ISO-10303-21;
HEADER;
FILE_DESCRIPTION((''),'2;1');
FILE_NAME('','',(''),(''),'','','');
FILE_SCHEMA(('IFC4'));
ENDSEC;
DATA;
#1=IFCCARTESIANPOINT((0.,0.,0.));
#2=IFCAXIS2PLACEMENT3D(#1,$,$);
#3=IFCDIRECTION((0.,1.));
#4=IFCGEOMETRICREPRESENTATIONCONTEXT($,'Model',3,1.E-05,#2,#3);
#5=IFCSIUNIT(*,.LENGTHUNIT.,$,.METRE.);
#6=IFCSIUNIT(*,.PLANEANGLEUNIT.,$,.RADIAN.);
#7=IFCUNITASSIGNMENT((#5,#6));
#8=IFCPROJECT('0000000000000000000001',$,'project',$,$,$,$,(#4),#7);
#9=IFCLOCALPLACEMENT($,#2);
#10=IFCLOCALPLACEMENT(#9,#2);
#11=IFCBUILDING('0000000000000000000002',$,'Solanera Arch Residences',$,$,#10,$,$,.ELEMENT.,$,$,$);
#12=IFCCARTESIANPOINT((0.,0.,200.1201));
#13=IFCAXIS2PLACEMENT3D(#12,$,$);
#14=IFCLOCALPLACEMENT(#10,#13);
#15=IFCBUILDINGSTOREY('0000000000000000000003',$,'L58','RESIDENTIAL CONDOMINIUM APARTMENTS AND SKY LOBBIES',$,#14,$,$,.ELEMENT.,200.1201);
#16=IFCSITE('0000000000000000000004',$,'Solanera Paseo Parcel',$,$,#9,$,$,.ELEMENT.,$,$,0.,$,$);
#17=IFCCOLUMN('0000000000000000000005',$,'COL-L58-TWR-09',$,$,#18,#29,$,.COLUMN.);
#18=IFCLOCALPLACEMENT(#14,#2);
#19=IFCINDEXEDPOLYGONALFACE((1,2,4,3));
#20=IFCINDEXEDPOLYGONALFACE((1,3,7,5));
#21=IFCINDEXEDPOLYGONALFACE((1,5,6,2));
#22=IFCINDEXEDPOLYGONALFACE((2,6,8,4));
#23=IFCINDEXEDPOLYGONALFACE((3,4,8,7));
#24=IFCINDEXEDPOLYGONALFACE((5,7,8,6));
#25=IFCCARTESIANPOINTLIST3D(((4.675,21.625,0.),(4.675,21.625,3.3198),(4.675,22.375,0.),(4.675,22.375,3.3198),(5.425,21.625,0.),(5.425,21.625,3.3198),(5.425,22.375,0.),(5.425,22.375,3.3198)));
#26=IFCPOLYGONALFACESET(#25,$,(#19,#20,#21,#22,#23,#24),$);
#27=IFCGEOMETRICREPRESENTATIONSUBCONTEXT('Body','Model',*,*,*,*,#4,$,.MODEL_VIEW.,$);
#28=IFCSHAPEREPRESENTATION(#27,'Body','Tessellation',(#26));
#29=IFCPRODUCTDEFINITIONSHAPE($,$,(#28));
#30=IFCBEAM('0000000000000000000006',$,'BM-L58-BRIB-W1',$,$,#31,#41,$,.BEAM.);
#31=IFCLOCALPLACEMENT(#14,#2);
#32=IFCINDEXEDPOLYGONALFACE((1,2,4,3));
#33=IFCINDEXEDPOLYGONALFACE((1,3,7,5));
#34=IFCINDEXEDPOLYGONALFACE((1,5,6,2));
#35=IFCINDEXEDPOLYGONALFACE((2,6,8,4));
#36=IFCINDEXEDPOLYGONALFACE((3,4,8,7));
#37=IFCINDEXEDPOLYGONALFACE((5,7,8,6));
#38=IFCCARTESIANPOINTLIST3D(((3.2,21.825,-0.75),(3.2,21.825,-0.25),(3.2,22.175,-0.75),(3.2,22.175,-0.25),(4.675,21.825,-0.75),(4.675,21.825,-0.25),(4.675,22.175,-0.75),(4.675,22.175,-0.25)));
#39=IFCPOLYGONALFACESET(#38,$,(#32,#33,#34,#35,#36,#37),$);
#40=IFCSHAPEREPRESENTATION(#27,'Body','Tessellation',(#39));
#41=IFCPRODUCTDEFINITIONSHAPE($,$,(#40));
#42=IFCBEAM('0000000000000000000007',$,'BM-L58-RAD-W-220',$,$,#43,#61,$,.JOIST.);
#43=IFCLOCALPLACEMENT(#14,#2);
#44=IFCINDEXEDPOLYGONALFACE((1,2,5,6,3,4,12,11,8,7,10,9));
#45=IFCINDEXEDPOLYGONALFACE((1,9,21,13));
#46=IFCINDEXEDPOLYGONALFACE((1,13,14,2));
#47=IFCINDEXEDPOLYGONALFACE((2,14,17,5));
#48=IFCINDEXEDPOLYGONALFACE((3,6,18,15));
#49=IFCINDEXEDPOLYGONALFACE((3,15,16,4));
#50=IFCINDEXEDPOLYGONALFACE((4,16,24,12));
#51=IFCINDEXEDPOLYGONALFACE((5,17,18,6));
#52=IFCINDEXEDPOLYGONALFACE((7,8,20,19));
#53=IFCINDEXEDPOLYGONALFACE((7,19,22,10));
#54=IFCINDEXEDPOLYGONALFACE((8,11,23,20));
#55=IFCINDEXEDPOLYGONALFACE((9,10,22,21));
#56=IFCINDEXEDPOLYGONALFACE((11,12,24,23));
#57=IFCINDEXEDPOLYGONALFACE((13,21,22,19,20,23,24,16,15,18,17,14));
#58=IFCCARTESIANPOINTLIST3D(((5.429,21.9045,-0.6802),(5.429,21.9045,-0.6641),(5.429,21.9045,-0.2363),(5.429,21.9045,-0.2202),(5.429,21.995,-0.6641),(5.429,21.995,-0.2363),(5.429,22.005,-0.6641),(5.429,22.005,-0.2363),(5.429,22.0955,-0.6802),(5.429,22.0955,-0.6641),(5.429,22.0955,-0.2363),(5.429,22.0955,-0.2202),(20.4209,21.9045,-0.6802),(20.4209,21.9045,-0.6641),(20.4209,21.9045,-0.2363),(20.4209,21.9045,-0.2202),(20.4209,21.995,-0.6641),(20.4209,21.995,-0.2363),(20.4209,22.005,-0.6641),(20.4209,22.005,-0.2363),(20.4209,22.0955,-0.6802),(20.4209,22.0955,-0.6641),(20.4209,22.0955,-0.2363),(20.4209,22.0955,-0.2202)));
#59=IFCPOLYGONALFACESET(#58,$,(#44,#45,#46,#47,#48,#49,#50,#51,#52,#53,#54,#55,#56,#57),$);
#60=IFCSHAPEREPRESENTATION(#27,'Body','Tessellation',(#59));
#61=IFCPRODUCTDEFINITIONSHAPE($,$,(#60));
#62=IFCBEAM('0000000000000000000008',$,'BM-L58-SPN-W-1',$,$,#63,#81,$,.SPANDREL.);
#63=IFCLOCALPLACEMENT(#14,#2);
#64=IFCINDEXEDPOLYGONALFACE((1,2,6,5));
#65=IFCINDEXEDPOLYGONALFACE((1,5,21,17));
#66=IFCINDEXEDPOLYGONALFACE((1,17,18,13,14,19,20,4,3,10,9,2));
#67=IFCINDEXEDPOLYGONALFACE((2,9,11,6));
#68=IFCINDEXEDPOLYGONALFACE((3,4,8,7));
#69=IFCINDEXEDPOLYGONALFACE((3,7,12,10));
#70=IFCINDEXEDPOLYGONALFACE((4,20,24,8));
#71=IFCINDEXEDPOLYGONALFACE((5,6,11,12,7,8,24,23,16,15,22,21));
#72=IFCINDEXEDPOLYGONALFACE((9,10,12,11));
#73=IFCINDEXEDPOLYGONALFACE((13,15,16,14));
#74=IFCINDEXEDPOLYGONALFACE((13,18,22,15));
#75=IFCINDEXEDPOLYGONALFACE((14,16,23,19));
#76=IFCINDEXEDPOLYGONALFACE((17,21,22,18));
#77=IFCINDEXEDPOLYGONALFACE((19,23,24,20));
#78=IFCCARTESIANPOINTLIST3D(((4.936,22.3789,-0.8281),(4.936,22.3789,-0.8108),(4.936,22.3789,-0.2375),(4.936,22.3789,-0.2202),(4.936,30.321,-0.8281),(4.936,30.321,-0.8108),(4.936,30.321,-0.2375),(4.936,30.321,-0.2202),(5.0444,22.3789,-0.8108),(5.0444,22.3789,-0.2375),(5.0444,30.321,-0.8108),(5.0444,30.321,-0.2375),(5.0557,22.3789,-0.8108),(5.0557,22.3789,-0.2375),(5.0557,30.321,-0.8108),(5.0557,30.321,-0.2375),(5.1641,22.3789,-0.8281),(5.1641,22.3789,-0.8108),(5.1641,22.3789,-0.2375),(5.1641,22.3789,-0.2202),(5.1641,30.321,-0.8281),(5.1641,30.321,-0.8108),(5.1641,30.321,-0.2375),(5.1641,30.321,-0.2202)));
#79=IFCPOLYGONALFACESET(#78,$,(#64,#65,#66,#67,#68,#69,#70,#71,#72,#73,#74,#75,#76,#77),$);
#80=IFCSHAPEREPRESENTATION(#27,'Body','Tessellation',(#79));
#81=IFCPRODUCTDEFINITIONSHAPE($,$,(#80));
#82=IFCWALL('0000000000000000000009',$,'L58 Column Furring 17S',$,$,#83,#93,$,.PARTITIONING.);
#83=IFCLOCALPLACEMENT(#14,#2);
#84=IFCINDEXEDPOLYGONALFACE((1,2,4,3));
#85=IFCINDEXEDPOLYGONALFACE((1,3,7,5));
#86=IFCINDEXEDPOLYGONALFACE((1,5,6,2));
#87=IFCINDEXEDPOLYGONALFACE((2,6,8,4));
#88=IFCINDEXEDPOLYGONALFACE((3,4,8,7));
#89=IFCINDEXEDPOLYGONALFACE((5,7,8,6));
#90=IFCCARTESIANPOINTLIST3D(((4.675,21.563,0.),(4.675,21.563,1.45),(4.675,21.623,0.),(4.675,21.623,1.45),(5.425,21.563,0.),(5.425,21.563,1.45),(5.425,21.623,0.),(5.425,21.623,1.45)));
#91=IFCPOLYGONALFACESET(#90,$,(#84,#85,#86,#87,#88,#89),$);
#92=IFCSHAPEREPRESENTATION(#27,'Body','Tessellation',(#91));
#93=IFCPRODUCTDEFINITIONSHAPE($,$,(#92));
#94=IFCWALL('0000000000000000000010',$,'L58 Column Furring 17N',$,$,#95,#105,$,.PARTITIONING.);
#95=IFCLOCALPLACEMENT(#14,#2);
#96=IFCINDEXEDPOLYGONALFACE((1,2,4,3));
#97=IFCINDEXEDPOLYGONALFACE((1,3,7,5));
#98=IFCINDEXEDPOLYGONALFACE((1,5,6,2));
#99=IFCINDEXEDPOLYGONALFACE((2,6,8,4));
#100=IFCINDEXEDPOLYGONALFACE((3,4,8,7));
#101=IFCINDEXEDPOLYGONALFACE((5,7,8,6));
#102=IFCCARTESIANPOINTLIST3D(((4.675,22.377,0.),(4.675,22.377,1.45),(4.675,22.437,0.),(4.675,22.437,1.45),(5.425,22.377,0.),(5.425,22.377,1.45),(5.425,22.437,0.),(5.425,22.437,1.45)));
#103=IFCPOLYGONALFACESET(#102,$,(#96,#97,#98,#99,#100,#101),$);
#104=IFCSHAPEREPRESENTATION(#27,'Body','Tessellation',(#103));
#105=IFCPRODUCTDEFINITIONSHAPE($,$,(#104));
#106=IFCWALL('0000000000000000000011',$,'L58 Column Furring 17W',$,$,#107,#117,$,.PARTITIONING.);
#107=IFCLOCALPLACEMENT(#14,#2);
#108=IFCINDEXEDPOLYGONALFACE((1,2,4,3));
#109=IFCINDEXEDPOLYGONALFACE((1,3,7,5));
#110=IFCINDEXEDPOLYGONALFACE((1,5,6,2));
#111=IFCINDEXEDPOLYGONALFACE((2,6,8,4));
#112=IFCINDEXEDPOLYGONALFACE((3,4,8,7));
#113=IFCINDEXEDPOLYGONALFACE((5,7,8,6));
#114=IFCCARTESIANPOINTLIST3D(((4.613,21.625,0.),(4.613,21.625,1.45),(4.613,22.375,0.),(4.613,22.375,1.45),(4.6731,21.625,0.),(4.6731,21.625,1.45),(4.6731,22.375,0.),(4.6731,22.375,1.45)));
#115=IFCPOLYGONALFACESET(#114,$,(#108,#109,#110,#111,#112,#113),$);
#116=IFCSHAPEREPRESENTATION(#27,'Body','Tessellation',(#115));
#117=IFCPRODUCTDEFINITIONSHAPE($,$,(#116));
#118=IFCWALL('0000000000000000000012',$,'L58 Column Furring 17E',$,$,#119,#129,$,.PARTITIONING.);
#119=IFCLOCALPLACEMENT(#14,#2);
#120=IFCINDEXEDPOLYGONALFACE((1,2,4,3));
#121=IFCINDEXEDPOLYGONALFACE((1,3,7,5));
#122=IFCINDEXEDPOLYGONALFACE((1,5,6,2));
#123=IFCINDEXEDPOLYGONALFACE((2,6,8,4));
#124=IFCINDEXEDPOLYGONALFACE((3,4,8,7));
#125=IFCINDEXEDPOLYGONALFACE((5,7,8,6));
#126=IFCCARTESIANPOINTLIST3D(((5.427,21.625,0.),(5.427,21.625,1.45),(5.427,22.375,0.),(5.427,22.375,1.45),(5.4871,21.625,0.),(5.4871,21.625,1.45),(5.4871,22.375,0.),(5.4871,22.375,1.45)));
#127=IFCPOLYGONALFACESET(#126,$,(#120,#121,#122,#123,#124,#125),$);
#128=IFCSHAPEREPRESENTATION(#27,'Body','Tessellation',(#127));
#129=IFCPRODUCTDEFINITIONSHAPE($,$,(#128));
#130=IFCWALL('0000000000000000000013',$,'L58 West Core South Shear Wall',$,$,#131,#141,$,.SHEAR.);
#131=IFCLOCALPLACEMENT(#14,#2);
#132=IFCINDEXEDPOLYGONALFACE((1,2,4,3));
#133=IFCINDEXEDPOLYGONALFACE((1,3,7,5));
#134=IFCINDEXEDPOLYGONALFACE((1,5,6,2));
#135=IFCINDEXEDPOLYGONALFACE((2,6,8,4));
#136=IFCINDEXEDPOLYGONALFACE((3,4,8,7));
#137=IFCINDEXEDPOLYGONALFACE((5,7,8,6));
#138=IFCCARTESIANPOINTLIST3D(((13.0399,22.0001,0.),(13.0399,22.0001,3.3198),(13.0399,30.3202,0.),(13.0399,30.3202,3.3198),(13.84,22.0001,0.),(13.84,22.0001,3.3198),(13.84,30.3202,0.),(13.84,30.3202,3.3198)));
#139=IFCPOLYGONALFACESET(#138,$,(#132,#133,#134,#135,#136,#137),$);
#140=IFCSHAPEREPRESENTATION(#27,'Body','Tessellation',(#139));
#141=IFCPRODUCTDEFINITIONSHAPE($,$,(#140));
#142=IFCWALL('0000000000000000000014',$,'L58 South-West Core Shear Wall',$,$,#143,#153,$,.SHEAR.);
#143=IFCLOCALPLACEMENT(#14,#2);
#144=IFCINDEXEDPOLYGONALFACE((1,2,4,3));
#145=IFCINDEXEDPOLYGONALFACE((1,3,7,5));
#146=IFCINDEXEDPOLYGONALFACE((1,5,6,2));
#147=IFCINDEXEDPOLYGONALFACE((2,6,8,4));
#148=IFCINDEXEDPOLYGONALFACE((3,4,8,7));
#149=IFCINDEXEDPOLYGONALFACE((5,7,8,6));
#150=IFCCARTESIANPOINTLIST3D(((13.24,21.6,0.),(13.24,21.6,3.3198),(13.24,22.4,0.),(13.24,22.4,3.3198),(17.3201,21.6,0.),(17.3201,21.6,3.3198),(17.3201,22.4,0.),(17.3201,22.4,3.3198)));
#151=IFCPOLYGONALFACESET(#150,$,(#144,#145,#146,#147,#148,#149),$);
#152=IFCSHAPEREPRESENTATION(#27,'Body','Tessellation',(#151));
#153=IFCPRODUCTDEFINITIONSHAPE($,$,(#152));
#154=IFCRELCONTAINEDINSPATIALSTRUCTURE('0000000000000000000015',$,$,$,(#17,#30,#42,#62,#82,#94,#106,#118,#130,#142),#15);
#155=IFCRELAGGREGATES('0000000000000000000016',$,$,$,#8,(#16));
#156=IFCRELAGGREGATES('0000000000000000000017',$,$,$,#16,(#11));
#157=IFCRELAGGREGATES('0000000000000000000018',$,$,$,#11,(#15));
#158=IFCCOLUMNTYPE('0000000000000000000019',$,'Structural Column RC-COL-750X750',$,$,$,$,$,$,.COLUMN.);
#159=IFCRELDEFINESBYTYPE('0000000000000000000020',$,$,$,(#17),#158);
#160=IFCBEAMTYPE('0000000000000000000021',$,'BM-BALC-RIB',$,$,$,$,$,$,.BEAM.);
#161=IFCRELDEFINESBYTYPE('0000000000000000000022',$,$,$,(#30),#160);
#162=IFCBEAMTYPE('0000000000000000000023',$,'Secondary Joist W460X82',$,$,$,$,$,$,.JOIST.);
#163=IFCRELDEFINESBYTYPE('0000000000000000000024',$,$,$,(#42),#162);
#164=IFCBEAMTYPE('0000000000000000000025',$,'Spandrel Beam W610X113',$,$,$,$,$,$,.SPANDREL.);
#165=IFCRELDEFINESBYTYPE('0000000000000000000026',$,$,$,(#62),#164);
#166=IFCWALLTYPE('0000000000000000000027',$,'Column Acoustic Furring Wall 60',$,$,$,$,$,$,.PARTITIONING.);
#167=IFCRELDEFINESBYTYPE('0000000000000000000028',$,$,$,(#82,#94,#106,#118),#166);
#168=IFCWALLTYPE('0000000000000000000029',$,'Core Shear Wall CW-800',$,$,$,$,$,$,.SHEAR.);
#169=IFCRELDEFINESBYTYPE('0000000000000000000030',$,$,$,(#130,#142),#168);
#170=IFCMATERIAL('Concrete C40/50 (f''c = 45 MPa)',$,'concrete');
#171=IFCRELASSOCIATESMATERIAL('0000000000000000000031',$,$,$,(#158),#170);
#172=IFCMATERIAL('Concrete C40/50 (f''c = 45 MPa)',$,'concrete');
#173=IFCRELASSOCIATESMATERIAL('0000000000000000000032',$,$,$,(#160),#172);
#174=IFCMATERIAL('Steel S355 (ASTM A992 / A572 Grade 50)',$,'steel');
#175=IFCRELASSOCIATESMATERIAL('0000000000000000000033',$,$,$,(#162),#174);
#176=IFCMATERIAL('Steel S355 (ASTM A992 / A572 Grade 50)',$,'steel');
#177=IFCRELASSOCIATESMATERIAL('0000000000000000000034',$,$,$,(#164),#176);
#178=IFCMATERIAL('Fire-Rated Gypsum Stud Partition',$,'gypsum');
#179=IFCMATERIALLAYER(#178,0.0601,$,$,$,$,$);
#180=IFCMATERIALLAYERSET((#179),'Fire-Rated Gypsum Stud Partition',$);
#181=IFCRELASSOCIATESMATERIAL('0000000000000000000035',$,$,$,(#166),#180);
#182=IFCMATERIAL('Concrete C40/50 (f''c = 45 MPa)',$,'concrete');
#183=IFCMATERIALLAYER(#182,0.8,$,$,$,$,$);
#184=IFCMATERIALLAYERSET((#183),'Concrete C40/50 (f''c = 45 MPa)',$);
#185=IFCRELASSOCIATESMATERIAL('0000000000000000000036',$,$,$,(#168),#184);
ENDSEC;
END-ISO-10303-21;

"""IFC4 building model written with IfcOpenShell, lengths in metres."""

from ifc_helpers import new_model, si_unit, direction, frame, frame_2d, origin, origin_2d, place, context, subcontext, project, spatial, rectangle, i_section, extrude, material, layer, layer_set, material_profile, profile_set, type_object, element, save


model = new_model("IFC4")

# Units and contexts
model_context = context("Model", 3, precision=1e-05, world=origin(), true_north=direction((0.0, 1.0)))
body_context = subcontext(model_context, "Body", "Model", "MODEL_VIEW")
ifc_project = project(units=[si_unit("LENGTHUNIT", "METRE"), si_unit("PLANEANGLEUNIT", "RADIAN")], contexts=[model_context])

# Site, building, storey
site_placement = place(None, origin())
site = spatial("IfcSite", under=ifc_project, at=site_placement, Name="Solanera Paseo Parcel", CompositionType="ELEMENT", RefElevation=0.0)
building_placement = place(site_placement, origin())
building = spatial("IfcBuilding", under=site, at=building_placement, Name="Solanera Arch Residences", CompositionType="ELEMENT")
storey_placement = place(building_placement, frame((0.0, 0.0, 200.1201)))
storey = spatial("IfcBuildingStorey", under=building, at=storey_placement, Name="L58", Description="RESIDENTIAL CONDOMINIUM APARTMENTS AND SKY LOBBIES", CompositionType="ELEMENT", Elevation=200.1201)

# Column
ifc_material_1 = material(Name="Concrete C40/50 (f'c = 45 MPa)", Category="concrete")
ifc_material_profile_1 = material_profile(ifc_material_1, rectangle(XDim=0.75, YDim=0.75, at=origin_2d()))
ifc_profile_set_1 = profile_set([ifc_material_profile_1], Name="Concrete C40/50 (f'c = 45 MPa)")
column_type = type_object("IfcColumnType", Name="Structural Column RC-COL-750X750", PredefinedType="COLUMN", material=ifc_profile_set_1)
column_placement = place(storey_placement, frame((5.05, 22.0, 0.0), z_axis=(0.0, 0.0, 1.0), x_axis=(1.0, 0.0, 0.0)))
element("IfcColumn", 1, at=column_placement, inside=storey, type_object=column_type, Name="COL-L58-TWR-09", PredefinedType="COLUMN", context=body_context, shape_type="SweptSolid", body=[
    extrude(rectangle(XDim=0.75, YDim=0.75, at=origin_2d()), origin(), (0.0, 0.0, 1.0), 3.3198),
])

# Beams
ifc_material_2 = material(Name="Concrete C40/50 (f'c = 45 MPa)", Category="concrete")
ifc_material_profile_2 = material_profile(ifc_material_2, rectangle(XDim=0.3501, YDim=0.5, at=origin_2d()))
ifc_profile_set_2 = profile_set([ifc_material_profile_2], Name="Concrete C40/50 (f'c = 45 MPa)")
beam_type_1 = type_object("IfcBeamType", Name="BM-BALC-RIB", PredefinedType="BEAM", material=ifc_profile_set_2)
beam_1_placement = place(storey_placement, frame((3.2, 22.0, -0.5), z_axis=(1.0, 0.0, 0.0), x_axis=(0.0, 1.0, 0.0)))
element("IfcBeam", 2, at=beam_1_placement, inside=storey, type_object=beam_type_1, Name="BM-L58-BRIB-W1", PredefinedType="BEAM", context=body_context, shape_type="SweptSolid", body=[
    extrude(rectangle(XDim=0.3501, YDim=0.5, at=origin_2d()), origin(), (0.0, 0.0, 1.0), 1.4751),
])
ifc_material_3 = material(Name="Steel S355 (ASTM A992 / A572 Grade 50)", Category="steel")
ifc_material_profile_3 = material_profile(ifc_material_3, i_section(OverallWidth=0.1909, OverallDepth=0.46, WebThickness=0.01, FlangeThickness=0.0161, at=origin_2d()))
ifc_profile_set_3 = profile_set([ifc_material_profile_3], Name="Steel S355 (ASTM A992 / A572 Grade 50)")
beam_type_2 = type_object("IfcBeamType", Name="Secondary Joist W460X82", PredefinedType="JOIST", material=ifc_profile_set_3)
beam_2_placement = place(storey_placement, frame((5.429, 22.0, -0.4502), z_axis=(1.0, 0.0, 0.0), x_axis=(0.0, 1.0, 0.0)))
element("IfcBeam", 3, at=beam_2_placement, inside=storey, type_object=beam_type_2, Name="BM-L58-RAD-W-220", PredefinedType="JOIST", context=body_context, shape_type="SweptSolid", body=[
    extrude(i_section(OverallWidth=0.1909, OverallDepth=0.46, WebThickness=0.01, FlangeThickness=0.0161, at=origin_2d()), origin(), (0.0, 0.0, 1.0), 14.9919),
])
ifc_material_4 = material(Name="Steel S355 (ASTM A992 / A572 Grade 50)", Category="steel")
ifc_material_profile_4 = material_profile(ifc_material_4, i_section(OverallWidth=0.228, OverallDepth=0.6079, WebThickness=0.0112, FlangeThickness=0.0173, at=origin_2d()))
ifc_profile_set_4 = profile_set([ifc_material_profile_4], Name="Steel S355 (ASTM A992 / A572 Grade 50)")
beam_type_3 = type_object("IfcBeamType", Name="Spandrel Beam W610X113", PredefinedType="SPANDREL", material=ifc_profile_set_4)
beam_3_placement = place(storey_placement, frame((5.05, 22.3789, -0.5242), z_axis=(0.0, 1.0, 0.0), x_axis=(-1.0, 0.0, 0.0)))
element("IfcBeam", 4, at=beam_3_placement, inside=storey, type_object=beam_type_3, Name="BM-L58-SPN-W-1", PredefinedType="SPANDREL", context=body_context, shape_type="SweptSolid", body=[
    extrude(i_section(OverallWidth=0.228, OverallDepth=0.6079, WebThickness=0.0112, FlangeThickness=0.0173, at=origin_2d()), origin(), (0.0, 0.0, 1.0), 7.9421),
])

# Walls
ifc_material_5 = material(Name="Fire-Rated Gypsum Stud Partition", Category="gypsum")
ifc_layer_1 = layer(ifc_material_5, 0.0601)
ifc_layer_set_1 = layer_set([ifc_layer_1], Name="Fire-Rated Gypsum Stud Partition")
wall_type_1 = type_object("IfcWallType", Name="Column Acoustic Furring Wall 60", PredefinedType="PARTITIONING", material=ifc_layer_set_1)
for number, where, z_axis, x_axis, name in (
    (5, (4.675, 21.593, 0.0), (0.0, 0.0, 1.0), (1.0, 0.0, 0.0), "L58 Column Furring 17S"),
    (6, (4.675, 22.407, 0.0), (0.0, 0.0, 1.0), (1.0, 0.0, 0.0), "L58 Column Furring 17N"),
    (7, (4.6431, 21.625, 0.0), (0.0, 0.0, 1.0), (0.0, 1.0, 0.0), "L58 Column Furring 17W"),
    (8, (5.457, 21.625, 0.0), (0.0, 0.0, 1.0), (0.0, 1.0, 0.0), "L58 Column Furring 17E"),
):
    element("IfcWall", number, at=place(storey_placement, frame(where, z_axis=z_axis, x_axis=x_axis)), inside=storey, type_object=wall_type_1, Name=name, PredefinedType="PARTITIONING", context=body_context, shape_type="SweptSolid", body=[
        extrude(rectangle(XDim=0.75, YDim=0.0601, at=frame_2d((0.375, 0.0))), origin(), (0.0, 0.0, 1.0), 1.45),
    ])
ifc_material_6 = material(Name="Concrete C40/50 (f'c = 45 MPa)", Category="concrete")
ifc_layer_2 = layer(ifc_material_6, 0.8)
ifc_layer_set_2 = layer_set([ifc_layer_2], Name="Concrete C40/50 (f'c = 45 MPa)")
wall_type_2 = type_object("IfcWallType", Name="Core Shear Wall CW-800", PredefinedType="SHEAR", material=ifc_layer_set_2)
wall_1_placement = place(storey_placement, frame((13.4399, 22.0, 0.0), z_axis=(0.0, 0.0, 1.0), x_axis=(0.0, 1.0, 0.0)))
element("IfcWall", 9, at=wall_1_placement, inside=storey, type_object=wall_type_2, Name="L58 West Core South Shear Wall", PredefinedType="SHEAR", context=body_context, shape_type="SweptSolid", body=[
    extrude(rectangle(XDim=8.3201, YDim=0.8, at=frame_2d((4.1602, 0.0))), origin(), (0.0, 0.0, 1.0), 3.3198),
])
wall_2_placement = place(storey_placement, frame((13.24, 22.0, 0.0), z_axis=(0.0, 0.0, 1.0), x_axis=(1.0, 0.0, 0.0)))
element("IfcWall", 10, at=wall_2_placement, inside=storey, type_object=wall_type_2, Name="L58 South-West Core Shear Wall", PredefinedType="SHEAR", context=body_context, shape_type="SweptSolid", body=[
    extrude(rectangle(XDim=4.0801, YDim=0.8, at=frame_2d((2.04, 0.0))), origin(), (0.0, 0.0, 1.0), 3.3198),
])

save(model, "model.ifc")
